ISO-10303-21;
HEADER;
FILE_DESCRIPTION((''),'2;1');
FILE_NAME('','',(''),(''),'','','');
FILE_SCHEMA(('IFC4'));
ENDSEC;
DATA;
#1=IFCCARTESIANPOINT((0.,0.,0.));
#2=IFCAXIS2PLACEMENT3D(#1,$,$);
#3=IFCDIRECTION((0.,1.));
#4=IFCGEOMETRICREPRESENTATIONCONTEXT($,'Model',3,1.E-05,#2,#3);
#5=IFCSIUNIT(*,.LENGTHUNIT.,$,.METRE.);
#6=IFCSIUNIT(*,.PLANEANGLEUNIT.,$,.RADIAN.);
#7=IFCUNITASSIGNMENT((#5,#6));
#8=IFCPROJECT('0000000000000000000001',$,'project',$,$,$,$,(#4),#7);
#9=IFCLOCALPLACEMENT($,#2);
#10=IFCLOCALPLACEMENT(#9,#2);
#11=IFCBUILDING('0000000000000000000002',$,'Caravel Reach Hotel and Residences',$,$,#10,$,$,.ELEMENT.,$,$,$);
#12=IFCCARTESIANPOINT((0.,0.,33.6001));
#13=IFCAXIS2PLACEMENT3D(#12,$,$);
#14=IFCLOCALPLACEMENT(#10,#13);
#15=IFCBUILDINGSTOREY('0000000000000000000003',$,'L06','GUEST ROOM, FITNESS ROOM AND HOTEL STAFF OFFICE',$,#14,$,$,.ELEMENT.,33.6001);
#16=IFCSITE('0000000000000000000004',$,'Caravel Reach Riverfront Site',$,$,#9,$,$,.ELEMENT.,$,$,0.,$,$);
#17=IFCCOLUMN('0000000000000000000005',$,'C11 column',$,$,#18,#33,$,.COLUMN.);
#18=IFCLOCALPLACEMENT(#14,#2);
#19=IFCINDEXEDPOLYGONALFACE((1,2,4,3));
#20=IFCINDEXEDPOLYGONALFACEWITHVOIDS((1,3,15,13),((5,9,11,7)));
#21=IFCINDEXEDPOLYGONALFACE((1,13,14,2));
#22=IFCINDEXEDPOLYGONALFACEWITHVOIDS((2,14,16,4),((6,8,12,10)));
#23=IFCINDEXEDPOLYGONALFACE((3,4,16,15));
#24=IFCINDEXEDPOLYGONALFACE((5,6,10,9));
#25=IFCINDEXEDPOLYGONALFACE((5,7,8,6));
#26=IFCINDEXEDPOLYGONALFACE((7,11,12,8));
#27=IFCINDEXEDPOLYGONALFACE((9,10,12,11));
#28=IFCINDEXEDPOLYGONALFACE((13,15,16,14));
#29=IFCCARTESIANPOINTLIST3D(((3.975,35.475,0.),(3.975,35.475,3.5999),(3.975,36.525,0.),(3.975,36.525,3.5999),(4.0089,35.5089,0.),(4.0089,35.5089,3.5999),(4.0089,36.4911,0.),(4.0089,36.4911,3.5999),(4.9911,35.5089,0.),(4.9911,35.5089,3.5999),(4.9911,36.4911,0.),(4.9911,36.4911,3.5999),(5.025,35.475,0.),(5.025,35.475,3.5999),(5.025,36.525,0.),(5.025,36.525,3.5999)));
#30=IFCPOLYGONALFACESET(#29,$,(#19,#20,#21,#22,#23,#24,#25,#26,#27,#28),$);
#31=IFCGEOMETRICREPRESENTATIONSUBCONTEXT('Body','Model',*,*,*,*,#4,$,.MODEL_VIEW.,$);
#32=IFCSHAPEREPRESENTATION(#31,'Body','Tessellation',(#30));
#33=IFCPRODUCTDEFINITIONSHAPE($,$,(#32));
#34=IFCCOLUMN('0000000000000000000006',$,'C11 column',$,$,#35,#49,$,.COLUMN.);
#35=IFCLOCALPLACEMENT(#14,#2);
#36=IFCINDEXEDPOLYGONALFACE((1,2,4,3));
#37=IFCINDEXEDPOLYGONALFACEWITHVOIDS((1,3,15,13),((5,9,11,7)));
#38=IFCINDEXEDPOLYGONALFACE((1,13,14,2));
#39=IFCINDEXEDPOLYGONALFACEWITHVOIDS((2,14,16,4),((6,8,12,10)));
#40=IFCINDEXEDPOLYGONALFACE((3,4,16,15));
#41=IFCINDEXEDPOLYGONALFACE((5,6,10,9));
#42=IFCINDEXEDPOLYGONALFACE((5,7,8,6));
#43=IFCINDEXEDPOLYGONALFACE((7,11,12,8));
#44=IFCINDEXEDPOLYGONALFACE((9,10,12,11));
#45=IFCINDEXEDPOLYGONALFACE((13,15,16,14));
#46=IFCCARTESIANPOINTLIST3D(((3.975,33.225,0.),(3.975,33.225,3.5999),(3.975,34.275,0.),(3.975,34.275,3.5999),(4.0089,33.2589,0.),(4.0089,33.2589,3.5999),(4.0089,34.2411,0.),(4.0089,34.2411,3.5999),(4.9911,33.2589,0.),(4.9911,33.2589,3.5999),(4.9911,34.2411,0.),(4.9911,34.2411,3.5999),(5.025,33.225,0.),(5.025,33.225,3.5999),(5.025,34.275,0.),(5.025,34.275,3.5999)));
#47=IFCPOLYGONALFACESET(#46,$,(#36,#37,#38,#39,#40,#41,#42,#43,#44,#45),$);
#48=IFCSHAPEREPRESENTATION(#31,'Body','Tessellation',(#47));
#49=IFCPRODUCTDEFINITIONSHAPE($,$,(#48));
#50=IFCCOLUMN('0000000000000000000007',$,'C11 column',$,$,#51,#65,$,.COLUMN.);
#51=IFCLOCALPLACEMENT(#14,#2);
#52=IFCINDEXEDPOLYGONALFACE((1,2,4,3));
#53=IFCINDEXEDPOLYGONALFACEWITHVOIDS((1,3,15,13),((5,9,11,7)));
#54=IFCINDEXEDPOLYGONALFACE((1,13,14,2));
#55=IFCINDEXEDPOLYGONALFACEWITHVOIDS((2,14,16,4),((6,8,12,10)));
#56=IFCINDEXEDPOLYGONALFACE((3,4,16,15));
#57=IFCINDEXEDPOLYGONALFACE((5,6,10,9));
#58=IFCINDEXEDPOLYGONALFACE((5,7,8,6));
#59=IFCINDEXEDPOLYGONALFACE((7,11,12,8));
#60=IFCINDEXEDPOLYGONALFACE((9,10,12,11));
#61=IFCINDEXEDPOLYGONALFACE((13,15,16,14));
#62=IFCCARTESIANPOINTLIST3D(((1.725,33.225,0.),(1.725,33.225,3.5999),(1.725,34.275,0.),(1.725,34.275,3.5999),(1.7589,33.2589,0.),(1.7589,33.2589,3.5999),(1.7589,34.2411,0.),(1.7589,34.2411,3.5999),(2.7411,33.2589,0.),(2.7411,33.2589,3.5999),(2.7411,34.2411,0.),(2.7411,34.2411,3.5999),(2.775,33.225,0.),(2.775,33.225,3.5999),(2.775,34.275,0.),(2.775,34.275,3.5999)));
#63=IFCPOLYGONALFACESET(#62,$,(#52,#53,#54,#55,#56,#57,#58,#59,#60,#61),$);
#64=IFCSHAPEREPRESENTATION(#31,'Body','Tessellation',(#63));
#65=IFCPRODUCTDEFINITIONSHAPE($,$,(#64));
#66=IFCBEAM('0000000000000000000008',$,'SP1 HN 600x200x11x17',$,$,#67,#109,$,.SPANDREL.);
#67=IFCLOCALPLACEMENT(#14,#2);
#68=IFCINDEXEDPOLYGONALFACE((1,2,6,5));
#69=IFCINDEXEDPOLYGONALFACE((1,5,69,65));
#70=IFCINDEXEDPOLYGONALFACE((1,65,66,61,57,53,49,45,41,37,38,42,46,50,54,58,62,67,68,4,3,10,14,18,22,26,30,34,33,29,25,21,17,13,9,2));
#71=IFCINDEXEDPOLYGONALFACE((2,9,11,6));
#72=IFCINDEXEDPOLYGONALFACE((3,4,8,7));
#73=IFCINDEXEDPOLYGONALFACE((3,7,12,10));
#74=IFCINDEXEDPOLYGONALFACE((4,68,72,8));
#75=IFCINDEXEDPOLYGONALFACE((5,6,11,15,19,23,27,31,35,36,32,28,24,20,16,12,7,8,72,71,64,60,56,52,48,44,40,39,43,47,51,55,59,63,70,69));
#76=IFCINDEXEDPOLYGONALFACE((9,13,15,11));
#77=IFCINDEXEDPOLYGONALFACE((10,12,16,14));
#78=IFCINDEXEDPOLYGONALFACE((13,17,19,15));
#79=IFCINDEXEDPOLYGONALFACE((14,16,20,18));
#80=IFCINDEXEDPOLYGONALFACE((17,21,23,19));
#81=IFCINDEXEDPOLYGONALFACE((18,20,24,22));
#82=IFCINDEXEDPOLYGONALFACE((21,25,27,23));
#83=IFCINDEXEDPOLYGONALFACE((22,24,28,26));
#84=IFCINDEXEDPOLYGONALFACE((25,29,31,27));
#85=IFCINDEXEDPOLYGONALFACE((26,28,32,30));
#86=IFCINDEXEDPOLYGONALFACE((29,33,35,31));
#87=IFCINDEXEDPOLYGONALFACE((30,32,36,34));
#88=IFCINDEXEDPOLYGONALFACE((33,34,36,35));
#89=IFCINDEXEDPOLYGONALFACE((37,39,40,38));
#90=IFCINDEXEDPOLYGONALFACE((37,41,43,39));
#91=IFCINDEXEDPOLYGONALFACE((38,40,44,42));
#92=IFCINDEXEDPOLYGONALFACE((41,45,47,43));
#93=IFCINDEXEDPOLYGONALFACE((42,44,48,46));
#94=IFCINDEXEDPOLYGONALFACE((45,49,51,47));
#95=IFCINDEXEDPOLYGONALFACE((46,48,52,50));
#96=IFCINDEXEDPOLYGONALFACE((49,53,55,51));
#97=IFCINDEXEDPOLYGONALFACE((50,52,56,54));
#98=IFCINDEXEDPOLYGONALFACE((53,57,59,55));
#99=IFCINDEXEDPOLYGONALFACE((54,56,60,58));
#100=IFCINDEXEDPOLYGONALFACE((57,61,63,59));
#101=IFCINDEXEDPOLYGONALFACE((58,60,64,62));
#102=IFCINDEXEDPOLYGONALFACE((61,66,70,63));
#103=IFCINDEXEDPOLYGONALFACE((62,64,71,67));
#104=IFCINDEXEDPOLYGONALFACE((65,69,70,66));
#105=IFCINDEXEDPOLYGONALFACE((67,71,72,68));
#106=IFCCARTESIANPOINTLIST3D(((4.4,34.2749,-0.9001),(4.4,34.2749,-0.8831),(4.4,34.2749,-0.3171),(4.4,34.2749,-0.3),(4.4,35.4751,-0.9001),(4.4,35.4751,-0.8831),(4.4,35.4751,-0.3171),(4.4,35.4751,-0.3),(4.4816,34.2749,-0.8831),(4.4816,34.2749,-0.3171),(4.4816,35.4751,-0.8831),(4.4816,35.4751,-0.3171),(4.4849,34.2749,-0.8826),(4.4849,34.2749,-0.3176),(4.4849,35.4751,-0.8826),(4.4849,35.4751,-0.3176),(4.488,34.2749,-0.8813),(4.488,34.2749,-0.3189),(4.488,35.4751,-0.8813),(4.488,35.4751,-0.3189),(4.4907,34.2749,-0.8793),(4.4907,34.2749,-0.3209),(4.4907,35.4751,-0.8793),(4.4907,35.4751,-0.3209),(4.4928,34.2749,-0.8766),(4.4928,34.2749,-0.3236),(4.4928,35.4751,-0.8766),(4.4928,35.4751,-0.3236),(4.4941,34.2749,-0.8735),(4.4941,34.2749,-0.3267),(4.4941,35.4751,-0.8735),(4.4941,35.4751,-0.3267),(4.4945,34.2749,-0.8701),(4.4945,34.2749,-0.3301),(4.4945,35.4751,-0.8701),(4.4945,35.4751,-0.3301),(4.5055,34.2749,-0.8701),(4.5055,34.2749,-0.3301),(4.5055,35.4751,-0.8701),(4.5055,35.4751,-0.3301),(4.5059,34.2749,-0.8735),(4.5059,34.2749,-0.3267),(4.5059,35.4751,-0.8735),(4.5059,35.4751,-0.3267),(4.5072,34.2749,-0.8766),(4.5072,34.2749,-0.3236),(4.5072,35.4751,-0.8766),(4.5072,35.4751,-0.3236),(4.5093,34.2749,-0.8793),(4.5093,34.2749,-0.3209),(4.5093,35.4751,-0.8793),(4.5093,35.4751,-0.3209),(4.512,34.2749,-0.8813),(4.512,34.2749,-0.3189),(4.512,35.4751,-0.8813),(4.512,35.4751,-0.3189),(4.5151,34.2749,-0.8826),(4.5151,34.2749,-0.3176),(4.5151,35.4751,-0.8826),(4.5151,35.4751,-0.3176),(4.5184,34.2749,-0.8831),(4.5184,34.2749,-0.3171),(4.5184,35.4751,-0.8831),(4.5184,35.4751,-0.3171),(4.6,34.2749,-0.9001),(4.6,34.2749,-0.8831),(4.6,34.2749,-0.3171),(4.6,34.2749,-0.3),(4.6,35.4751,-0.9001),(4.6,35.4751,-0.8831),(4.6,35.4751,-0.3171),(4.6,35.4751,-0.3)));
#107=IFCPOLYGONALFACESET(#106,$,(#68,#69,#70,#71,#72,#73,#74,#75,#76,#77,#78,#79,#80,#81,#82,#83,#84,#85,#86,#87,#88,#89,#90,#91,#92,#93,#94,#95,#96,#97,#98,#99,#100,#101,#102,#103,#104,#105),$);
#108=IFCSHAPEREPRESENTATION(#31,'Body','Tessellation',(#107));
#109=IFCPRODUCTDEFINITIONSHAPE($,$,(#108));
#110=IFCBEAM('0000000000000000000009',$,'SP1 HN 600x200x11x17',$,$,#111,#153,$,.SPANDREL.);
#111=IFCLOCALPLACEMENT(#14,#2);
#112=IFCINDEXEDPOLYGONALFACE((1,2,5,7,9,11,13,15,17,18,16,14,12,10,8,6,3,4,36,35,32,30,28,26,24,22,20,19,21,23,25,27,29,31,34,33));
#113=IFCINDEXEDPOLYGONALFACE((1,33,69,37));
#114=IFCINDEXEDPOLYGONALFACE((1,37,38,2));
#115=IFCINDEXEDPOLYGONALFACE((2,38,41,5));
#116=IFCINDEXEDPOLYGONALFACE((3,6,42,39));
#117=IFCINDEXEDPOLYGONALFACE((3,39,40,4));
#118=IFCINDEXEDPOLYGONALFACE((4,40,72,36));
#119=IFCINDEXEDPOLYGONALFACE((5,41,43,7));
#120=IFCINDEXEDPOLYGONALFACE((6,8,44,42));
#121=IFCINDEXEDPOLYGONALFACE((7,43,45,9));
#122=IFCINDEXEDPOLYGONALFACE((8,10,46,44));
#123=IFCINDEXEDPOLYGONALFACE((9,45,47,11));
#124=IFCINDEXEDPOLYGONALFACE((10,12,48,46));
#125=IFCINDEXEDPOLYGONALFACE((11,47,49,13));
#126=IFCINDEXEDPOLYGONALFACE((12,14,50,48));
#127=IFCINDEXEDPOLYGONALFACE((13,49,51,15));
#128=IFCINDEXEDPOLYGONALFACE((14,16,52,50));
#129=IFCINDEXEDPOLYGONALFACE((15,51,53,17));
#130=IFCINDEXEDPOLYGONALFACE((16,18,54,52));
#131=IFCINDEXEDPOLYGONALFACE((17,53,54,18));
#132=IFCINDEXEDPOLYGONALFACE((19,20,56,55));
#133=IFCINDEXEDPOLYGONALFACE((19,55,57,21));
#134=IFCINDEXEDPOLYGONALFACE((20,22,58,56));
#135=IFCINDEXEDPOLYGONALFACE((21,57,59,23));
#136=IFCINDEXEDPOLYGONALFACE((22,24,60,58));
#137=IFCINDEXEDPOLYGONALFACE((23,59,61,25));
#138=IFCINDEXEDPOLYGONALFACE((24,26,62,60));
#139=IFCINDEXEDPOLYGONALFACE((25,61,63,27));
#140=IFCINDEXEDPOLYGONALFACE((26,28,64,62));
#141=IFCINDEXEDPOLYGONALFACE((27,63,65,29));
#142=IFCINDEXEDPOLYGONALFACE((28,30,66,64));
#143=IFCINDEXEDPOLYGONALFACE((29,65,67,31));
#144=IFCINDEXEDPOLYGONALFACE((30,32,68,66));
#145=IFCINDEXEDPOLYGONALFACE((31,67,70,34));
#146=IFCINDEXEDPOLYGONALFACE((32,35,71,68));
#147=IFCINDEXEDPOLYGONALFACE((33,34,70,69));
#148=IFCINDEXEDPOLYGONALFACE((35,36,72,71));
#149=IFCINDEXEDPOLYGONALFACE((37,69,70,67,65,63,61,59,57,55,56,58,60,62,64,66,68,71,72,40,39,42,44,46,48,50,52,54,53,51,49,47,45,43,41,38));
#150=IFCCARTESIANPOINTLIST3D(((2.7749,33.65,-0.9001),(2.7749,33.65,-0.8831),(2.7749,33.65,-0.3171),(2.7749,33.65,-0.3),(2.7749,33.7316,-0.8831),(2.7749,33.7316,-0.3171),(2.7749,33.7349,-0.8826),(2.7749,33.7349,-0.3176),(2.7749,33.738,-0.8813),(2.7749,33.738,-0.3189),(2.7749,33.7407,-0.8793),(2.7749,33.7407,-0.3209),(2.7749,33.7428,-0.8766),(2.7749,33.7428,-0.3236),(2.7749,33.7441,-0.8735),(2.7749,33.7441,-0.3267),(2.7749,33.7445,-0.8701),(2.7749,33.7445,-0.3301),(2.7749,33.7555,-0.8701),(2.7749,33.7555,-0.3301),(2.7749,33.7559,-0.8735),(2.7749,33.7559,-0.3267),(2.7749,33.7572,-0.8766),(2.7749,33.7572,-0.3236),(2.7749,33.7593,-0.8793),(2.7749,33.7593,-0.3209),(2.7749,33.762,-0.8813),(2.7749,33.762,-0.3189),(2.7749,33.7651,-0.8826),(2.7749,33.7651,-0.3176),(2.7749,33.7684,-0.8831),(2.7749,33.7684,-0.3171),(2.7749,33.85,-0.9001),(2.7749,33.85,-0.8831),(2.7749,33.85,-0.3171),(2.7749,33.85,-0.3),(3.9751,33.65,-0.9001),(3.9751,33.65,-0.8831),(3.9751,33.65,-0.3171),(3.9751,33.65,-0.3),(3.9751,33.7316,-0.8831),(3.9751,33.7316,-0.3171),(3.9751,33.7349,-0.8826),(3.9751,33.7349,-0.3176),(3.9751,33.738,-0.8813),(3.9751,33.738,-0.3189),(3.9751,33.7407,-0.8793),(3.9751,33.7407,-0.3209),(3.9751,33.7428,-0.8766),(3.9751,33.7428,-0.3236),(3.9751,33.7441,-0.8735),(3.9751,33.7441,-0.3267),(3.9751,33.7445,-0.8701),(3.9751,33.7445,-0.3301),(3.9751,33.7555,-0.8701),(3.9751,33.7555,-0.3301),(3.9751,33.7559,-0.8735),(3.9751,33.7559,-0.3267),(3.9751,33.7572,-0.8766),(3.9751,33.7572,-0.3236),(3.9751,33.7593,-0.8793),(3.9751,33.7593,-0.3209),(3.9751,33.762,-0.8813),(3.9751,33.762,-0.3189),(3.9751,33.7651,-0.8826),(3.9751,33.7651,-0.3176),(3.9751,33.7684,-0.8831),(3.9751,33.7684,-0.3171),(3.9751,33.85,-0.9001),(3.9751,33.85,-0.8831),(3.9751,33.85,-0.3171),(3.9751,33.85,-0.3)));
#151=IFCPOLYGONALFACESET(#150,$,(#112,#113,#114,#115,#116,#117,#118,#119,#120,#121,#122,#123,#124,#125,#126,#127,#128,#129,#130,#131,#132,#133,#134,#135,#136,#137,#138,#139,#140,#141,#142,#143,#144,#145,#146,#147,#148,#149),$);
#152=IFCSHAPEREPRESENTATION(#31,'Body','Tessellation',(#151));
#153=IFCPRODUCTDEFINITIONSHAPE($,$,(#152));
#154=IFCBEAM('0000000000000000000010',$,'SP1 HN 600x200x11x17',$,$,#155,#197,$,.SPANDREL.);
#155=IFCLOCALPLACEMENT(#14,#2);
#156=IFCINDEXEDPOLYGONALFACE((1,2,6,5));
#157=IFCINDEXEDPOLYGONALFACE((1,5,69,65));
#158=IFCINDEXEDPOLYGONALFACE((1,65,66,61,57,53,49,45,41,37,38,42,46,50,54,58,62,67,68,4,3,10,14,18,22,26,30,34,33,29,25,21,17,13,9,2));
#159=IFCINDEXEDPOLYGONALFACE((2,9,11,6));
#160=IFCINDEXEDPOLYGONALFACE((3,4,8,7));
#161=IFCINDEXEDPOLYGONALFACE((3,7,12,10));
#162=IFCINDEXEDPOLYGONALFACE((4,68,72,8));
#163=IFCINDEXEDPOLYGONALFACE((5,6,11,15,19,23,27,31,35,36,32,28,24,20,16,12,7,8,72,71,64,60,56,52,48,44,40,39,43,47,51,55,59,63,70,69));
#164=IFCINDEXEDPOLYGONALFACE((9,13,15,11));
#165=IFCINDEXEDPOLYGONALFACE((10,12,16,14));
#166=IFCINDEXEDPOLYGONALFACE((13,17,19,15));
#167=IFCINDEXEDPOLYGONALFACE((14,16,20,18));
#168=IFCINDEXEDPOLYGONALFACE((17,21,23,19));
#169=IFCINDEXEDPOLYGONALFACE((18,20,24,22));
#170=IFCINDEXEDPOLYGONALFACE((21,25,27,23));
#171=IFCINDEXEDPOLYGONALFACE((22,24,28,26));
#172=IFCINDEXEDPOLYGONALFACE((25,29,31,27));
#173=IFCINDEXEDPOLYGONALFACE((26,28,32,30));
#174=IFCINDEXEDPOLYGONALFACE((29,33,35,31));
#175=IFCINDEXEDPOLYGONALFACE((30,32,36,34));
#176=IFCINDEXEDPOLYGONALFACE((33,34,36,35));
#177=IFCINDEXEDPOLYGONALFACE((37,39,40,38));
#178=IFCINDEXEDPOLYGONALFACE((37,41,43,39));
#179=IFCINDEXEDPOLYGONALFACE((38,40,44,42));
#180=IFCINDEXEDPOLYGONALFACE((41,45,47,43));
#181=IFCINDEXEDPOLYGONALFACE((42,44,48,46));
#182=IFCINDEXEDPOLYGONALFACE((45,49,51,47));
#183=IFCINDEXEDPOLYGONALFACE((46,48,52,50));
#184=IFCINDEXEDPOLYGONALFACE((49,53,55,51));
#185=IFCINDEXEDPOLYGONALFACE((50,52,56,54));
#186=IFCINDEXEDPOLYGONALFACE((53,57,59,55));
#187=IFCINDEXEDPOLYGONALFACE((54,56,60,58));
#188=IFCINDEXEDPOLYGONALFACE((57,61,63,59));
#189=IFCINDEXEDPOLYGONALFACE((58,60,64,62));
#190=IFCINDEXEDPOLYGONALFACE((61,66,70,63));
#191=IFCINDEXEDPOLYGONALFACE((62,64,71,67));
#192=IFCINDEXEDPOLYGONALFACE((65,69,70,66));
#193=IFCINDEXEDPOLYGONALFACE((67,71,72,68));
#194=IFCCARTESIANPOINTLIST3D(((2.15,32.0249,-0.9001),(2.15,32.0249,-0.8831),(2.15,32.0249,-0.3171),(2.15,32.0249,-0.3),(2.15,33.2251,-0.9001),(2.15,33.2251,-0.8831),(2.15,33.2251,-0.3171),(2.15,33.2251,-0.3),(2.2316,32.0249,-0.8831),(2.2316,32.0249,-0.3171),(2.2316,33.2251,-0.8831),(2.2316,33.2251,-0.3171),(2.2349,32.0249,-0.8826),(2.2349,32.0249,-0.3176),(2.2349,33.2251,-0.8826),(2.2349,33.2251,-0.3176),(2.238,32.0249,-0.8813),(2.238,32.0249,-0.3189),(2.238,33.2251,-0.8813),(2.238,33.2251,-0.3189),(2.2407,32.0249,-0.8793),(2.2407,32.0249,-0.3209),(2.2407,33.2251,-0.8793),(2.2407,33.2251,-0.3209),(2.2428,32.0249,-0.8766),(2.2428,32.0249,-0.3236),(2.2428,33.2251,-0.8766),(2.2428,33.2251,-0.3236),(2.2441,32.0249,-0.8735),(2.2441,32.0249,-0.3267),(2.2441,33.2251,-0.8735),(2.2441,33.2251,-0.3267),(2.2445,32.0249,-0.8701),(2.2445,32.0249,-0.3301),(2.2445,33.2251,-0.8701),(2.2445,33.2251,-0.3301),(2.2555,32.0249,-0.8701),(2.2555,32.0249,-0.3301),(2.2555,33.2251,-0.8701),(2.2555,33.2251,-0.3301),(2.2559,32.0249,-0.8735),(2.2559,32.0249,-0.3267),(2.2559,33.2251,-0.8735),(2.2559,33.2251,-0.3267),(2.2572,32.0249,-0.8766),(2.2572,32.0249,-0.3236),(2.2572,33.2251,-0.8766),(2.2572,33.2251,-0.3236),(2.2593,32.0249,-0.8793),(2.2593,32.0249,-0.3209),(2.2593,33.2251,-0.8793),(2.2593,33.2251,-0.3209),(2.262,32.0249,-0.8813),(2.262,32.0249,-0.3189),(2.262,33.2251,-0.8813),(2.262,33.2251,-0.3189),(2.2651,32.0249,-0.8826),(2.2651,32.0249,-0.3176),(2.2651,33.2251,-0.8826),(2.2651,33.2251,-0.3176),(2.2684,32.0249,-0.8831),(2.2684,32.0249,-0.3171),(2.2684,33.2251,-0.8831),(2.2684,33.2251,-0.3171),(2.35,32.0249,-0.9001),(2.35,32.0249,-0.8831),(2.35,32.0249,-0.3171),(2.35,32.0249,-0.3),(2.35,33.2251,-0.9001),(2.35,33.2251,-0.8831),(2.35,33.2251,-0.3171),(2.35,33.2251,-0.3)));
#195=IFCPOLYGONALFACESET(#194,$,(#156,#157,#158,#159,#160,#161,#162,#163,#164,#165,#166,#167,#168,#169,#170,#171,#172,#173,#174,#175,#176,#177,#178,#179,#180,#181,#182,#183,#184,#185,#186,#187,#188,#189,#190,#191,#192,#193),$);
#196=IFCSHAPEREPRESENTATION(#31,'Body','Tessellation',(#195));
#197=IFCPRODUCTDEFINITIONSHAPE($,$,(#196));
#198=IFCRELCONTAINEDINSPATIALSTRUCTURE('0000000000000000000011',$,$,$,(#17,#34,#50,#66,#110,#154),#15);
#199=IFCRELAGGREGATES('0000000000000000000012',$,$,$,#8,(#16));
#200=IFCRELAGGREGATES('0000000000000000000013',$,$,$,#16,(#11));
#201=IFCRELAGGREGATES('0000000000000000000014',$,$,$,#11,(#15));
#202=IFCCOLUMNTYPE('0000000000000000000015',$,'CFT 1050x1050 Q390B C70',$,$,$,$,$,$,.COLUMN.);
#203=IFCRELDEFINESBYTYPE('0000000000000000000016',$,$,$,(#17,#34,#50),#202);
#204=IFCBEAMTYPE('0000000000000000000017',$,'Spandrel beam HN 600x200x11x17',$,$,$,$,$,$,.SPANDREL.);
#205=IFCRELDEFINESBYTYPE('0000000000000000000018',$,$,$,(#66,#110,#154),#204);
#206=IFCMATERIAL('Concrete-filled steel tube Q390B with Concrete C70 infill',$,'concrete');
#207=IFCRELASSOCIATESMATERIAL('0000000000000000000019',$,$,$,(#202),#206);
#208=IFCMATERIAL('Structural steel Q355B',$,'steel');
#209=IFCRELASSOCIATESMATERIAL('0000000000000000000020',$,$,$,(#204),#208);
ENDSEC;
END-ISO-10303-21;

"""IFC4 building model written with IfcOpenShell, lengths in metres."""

from ifc_helpers import new_model, si_unit, direction, frame, origin, origin_2d, place, context, subcontext, project, spatial, hollow_rectangle, i_section, extrude, material, material_profile, profile_set, type_object, element, save


model = new_model("IFC4")

# Units and contexts
model_context = context("Model", 3, precision=1e-05, world=origin(), true_north=direction((0.0, 1.0)))
body_context = subcontext(model_context, "Body", "Model", "MODEL_VIEW")
ifc_project = project(units=[si_unit("LENGTHUNIT", "METRE"), si_unit("PLANEANGLEUNIT", "RADIAN")], contexts=[model_context])

# Site, building, storey
site_placement = place(None, origin())
site = spatial("IfcSite", under=ifc_project, at=site_placement, Name="Caravel Reach Riverfront Site", CompositionType="ELEMENT", RefElevation=0.0)
building_placement = place(site_placement, origin())
building = spatial("IfcBuilding", under=site, at=building_placement, Name="Caravel Reach Hotel and Residences", CompositionType="ELEMENT")
storey_placement = place(building_placement, frame((0.0, 0.0, 33.6001)))
storey = spatial("IfcBuildingStorey", under=building, at=storey_placement, Name="L06", Description="GUEST ROOM, FITNESS ROOM AND HOTEL STAFF OFFICE", CompositionType="ELEMENT", Elevation=33.6001)

# Columns
ifc_material_1 = material(Name="Concrete-filled steel tube Q390B with Concrete C70 infill", Category="concrete")
ifc_material_profile_1 = material_profile(ifc_material_1, hollow_rectangle(XDim=1.05, YDim=1.05, WallThickness=0.0339, at=origin_2d()), Name="RHS 1050x1050x34")
ifc_profile_set_1 = profile_set([ifc_material_profile_1], Name="Concrete-filled steel tube Q390B with Concrete C70 infill")
column_type = type_object("IfcColumnType", Name="CFT 1050x1050 Q390B C70", PredefinedType="COLUMN", material=ifc_profile_set_1)
for number, where, z_axis, x_axis, name in (
    (1, (4.5, 36.0, 0.0), (0.0, 0.0, 1.0), (1.0, 0.0, 0.0), "C11 column"),
    (2, (4.5, 33.75, 0.0), (0.0, 0.0, 1.0), (1.0, 0.0, 0.0), "C11 column"),
    (3, (2.25, 33.75, 0.0), (0.0, 0.0, 1.0), (1.0, 0.0, 0.0), "C11 column"),
):
    element("IfcColumn", number, at=place(storey_placement, frame(where, z_axis=z_axis, x_axis=x_axis)), inside=storey, type_object=column_type, Name=name, PredefinedType="COLUMN", context=body_context, shape_type="SweptSolid", body=[
        extrude(hollow_rectangle(XDim=1.05, YDim=1.05, WallThickness=0.0339, at=origin_2d()), origin(), (0.0, 0.0, 1.0), 3.5999),
    ])

# Beams
ifc_material_2 = material(Name="Structural steel Q355B", Category="steel")
ifc_material_profile_2 = material_profile(ifc_material_2, i_section(OverallWidth=0.2, OverallDepth=0.6001, WebThickness=0.011, FlangeThickness=0.0171, FilletRadius=0.0129, at=origin_2d()), Name="HN 600x200x11x17")
ifc_profile_set_2 = profile_set([ifc_material_profile_2], Name="Structural steel Q355B")
beam_type = type_object("IfcBeamType", Name="Spandrel beam HN 600x200x11x17", PredefinedType="SPANDREL", material=ifc_profile_set_2)
for number, where, z_axis, x_axis, name in (
    (4, (4.5, 35.4751, -0.6001), (0.0, -1.0, 0.0), (1.0, 0.0, 0.0), "SP1 HN 600x200x11x17"),
    (5, (3.9751, 33.75, -0.6001), (-1.0, 0.0, 0.0), (0.0, -1.0, 0.0), "SP1 HN 600x200x11x17"),
    (6, (2.25, 33.2251, -0.6001), (0.0, -1.0, 0.0), (1.0, 0.0, 0.0), "SP1 HN 600x200x11x17"),
):
    element("IfcBeam", number, at=place(storey_placement, frame(where, z_axis=z_axis, x_axis=x_axis)), inside=storey, type_object=beam_type, Name=name, PredefinedType="SPANDREL", context=body_context, shape_type="SweptSolid", body=[
        extrude(i_section(OverallWidth=0.2, OverallDepth=0.6001, WebThickness=0.011, FlangeThickness=0.0171, FilletRadius=0.0129, at=origin_2d()), origin(), (0.0, 0.0, 1.0), 1.2002),
    ])

save(model, "model.ifc")
